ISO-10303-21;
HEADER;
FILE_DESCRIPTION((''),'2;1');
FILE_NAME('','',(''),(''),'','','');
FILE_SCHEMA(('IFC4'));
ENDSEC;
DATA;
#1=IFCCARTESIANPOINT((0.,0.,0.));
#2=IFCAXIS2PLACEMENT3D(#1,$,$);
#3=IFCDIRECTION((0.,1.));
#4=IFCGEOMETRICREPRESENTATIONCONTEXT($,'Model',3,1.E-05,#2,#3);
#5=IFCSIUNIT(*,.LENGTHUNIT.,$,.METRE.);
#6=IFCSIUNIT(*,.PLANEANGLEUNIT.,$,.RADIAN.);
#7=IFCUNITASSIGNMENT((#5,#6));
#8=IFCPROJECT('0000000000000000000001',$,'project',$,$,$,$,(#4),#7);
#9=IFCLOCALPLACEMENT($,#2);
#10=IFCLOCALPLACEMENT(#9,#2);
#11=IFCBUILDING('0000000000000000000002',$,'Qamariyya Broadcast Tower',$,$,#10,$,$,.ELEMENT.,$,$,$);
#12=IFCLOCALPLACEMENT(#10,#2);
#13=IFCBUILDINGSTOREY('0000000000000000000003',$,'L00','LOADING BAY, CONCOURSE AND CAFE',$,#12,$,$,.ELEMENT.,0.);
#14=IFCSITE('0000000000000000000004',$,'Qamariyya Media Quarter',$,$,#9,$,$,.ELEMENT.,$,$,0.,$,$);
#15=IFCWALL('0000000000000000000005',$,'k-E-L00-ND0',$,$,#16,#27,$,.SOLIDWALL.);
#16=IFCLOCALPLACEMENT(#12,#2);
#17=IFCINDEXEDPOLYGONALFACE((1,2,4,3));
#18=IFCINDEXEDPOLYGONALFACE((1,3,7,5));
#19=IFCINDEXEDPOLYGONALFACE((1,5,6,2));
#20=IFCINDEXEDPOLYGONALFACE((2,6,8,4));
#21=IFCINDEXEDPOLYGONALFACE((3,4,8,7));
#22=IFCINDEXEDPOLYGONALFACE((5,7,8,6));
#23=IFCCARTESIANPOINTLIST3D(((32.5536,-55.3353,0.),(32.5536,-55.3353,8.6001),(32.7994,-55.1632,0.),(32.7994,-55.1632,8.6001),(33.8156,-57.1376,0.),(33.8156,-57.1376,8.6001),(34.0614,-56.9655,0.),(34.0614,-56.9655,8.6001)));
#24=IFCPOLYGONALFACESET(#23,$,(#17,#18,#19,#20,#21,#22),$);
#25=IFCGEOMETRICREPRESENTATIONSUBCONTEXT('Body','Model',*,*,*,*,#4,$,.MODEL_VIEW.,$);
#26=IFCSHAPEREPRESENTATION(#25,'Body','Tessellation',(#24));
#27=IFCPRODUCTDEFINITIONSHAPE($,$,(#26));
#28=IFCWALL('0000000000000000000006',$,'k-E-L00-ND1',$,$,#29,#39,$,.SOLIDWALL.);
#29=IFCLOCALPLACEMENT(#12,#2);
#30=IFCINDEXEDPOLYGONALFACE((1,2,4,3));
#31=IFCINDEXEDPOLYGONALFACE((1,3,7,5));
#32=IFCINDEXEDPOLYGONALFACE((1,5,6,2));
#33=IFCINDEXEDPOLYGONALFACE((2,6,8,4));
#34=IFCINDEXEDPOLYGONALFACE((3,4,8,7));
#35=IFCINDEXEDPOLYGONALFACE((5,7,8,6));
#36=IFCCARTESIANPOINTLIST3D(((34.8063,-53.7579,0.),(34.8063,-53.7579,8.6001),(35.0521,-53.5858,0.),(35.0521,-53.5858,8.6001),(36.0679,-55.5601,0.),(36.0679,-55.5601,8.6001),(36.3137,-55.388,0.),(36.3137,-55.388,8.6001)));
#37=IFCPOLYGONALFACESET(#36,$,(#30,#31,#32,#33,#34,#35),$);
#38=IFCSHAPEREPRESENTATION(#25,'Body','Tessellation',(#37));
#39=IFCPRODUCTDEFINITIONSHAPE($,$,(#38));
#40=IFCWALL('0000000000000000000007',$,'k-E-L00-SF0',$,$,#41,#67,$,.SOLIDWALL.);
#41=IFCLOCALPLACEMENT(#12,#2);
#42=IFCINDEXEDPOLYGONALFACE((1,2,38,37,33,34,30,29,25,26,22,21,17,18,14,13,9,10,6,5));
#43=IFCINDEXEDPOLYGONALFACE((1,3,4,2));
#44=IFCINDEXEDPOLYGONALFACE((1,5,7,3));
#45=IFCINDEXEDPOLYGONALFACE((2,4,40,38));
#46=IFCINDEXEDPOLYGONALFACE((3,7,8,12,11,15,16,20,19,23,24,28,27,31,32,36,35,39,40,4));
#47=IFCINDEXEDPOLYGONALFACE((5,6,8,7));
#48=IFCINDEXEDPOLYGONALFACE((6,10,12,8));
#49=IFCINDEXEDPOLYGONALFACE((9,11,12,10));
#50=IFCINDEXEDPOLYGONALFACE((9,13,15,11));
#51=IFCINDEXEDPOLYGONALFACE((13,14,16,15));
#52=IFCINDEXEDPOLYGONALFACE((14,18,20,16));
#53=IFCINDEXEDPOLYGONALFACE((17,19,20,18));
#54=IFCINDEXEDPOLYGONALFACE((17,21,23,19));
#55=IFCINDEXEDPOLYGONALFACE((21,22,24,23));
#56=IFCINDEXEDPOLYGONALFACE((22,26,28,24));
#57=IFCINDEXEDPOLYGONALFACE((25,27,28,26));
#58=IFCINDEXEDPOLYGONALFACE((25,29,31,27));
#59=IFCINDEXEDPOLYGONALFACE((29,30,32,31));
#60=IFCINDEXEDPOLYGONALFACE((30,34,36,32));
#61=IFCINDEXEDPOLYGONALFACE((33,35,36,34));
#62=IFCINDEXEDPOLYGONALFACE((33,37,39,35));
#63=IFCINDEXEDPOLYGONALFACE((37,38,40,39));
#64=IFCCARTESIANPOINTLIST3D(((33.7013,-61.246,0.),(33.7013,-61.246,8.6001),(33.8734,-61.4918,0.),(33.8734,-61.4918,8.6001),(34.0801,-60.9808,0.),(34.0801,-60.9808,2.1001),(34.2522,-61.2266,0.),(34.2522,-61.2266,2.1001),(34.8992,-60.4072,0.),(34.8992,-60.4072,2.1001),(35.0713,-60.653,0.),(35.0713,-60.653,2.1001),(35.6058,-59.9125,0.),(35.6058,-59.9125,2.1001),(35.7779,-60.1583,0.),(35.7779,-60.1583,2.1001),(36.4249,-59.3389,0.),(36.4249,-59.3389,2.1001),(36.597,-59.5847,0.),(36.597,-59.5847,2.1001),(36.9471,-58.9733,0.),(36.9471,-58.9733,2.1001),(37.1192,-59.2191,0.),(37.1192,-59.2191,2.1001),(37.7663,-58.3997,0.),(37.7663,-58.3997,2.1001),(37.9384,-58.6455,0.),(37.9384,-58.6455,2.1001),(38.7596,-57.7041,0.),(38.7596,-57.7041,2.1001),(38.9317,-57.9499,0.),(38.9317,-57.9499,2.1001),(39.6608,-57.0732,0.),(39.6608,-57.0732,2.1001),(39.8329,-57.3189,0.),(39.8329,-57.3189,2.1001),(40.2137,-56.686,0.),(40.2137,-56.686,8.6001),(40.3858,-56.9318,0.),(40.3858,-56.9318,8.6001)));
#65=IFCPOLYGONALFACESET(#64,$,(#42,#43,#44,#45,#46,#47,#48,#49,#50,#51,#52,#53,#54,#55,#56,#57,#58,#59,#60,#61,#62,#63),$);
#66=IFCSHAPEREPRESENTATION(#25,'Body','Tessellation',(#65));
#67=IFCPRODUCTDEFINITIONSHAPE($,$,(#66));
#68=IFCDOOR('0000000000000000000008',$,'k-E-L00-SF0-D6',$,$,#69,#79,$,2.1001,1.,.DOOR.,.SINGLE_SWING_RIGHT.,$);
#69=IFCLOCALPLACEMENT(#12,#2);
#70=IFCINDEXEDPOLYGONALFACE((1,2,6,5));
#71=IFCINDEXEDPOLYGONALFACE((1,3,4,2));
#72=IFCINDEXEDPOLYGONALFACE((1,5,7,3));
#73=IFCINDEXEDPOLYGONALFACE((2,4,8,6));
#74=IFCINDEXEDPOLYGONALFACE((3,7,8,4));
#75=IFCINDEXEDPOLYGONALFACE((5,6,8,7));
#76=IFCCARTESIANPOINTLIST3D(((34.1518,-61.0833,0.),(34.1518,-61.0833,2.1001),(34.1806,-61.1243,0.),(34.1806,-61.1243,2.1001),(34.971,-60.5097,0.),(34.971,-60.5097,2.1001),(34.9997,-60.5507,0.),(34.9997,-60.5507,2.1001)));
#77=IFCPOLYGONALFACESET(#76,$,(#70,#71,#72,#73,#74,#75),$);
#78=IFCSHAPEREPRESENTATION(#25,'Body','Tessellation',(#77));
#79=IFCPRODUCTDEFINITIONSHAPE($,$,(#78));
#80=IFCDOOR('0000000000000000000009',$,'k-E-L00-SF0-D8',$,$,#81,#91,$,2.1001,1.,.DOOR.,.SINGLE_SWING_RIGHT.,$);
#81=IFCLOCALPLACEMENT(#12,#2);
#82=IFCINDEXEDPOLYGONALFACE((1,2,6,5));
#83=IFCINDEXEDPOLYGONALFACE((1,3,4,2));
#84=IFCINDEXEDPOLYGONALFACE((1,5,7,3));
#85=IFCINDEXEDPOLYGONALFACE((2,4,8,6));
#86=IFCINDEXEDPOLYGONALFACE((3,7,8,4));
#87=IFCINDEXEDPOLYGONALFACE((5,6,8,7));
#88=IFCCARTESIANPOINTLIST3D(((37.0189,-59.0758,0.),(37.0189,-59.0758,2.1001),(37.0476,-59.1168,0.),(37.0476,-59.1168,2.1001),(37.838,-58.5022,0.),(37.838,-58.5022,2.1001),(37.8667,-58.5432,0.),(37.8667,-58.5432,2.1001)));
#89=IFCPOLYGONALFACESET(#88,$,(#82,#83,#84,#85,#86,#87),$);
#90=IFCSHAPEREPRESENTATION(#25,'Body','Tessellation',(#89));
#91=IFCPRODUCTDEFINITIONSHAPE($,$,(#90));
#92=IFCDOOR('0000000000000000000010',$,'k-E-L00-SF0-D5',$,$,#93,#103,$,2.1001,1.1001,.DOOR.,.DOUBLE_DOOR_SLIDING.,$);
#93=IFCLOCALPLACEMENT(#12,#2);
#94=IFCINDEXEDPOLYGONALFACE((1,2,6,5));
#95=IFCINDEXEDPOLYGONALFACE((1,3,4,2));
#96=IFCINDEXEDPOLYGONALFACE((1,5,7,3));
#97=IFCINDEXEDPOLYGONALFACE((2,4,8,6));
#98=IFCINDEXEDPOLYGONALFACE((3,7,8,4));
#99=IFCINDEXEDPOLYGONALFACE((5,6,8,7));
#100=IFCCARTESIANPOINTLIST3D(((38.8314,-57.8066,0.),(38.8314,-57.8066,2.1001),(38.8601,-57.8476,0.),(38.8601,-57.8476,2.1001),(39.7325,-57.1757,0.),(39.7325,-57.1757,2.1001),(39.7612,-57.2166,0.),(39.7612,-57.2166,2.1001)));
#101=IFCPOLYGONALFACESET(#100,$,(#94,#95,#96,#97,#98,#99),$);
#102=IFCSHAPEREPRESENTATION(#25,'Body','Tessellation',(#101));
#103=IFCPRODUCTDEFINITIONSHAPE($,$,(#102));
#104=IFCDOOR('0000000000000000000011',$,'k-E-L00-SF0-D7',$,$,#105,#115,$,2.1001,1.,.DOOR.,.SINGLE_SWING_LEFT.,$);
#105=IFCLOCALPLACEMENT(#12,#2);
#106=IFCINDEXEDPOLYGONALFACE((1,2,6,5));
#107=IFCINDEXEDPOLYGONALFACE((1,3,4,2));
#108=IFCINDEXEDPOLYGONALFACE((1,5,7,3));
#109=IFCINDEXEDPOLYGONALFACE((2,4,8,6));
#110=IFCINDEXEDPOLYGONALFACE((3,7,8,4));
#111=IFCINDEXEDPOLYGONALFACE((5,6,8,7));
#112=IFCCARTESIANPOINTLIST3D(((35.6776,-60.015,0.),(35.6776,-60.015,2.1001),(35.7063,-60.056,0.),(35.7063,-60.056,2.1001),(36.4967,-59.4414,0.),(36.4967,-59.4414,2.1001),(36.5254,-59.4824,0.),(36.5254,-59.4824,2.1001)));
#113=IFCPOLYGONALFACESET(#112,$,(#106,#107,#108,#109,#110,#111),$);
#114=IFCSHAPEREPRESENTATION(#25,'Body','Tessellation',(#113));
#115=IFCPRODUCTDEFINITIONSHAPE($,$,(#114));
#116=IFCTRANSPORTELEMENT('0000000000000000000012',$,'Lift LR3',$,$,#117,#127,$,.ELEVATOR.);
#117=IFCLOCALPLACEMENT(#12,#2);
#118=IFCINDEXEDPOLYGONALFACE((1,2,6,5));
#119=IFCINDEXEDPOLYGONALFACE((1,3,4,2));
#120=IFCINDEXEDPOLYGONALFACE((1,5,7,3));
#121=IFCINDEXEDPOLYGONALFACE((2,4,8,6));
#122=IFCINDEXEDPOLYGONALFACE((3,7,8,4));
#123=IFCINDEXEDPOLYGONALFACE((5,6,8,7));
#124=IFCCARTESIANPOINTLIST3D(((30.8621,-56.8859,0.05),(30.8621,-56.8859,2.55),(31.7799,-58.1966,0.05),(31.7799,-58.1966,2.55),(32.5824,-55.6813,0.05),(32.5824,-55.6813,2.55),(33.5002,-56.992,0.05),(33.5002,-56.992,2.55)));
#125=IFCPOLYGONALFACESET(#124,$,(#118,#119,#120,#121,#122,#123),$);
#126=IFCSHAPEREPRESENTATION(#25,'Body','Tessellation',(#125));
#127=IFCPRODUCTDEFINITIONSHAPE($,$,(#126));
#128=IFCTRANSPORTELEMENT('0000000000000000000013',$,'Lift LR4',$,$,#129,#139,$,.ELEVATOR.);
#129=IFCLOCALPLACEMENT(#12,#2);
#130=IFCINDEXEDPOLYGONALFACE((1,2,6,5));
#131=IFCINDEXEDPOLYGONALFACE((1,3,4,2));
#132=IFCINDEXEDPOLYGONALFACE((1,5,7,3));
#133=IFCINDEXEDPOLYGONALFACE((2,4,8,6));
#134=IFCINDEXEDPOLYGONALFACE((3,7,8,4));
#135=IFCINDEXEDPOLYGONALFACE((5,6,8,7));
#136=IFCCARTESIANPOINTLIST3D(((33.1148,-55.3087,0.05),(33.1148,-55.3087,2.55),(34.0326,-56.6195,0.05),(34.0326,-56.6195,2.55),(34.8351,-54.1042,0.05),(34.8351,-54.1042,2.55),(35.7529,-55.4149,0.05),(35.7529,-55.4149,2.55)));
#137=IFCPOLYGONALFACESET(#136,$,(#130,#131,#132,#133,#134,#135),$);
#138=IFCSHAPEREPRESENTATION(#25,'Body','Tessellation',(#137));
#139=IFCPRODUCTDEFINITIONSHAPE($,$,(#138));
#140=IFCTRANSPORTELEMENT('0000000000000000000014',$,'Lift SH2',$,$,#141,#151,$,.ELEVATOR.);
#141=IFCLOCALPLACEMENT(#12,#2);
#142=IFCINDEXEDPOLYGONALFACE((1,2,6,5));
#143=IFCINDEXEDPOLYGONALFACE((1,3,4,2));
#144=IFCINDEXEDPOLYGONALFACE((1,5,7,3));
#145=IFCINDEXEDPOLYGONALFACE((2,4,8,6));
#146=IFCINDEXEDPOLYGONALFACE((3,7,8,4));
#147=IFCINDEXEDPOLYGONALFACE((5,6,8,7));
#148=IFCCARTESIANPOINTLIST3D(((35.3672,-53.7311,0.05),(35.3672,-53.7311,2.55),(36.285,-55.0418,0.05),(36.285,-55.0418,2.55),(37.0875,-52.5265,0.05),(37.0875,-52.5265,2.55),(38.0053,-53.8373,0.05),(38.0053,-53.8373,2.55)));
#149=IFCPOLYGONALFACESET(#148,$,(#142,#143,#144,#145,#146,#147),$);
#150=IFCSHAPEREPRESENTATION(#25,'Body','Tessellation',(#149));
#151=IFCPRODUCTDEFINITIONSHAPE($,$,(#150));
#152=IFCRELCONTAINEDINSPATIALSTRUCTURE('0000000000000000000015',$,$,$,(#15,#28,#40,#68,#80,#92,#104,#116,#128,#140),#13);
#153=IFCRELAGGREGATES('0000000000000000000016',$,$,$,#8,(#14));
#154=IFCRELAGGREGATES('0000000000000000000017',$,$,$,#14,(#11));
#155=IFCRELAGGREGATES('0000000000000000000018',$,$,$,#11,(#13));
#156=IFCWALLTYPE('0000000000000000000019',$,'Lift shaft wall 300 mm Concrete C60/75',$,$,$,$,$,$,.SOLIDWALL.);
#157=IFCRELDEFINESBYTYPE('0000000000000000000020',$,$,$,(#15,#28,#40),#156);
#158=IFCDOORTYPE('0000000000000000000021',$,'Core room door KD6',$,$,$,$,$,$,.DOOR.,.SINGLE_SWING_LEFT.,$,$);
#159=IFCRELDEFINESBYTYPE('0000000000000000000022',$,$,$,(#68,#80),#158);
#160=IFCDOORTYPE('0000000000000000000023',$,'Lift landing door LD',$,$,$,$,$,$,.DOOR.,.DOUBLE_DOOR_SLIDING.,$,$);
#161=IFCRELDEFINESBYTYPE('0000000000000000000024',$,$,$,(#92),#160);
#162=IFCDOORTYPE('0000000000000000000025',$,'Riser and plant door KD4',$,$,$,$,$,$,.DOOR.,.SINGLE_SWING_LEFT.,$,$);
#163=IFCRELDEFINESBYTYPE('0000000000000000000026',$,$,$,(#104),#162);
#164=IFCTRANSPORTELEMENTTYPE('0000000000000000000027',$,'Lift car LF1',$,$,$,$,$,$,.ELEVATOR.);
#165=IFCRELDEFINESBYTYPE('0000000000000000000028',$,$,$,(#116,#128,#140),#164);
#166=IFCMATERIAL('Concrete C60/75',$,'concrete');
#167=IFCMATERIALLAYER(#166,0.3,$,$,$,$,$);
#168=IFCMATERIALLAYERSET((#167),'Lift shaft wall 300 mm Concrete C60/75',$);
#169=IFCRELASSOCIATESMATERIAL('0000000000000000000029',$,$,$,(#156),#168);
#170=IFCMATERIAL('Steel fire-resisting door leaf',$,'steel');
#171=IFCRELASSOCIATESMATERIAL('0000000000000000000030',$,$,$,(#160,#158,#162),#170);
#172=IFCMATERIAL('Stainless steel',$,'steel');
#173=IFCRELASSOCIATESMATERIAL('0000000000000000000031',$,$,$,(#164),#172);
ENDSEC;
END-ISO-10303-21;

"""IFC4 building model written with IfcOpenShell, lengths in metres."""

from ifc_helpers import new_model, si_unit, direction, frame, frame_2d, origin, origin_2d, place, context, subcontext, project, spatial, rectangle, extrude, material, layer, layer_set, type_object, element, fill, save


model = new_model("IFC4")

# Units and contexts
model_context = context("Model", 3, precision=1e-05, world=origin(), true_north=direction((0.0, 1.0)))
body_context = subcontext(model_context, "Body", "Model", "MODEL_VIEW")
ifc_project = project(units=[si_unit("LENGTHUNIT", "METRE"), si_unit("PLANEANGLEUNIT", "RADIAN")], contexts=[model_context])

# Site, building, storey
site_placement = place(None, origin())
site = spatial("IfcSite", under=ifc_project, at=site_placement, Name="Qamariyya Media Quarter", CompositionType="ELEMENT", RefElevation=0.0)
building_placement = place(site_placement, origin())
building = spatial("IfcBuilding", under=site, at=building_placement, Name="Qamariyya Broadcast Tower", CompositionType="ELEMENT")
storey_placement = place(building_placement, origin())
storey = spatial("IfcBuildingStorey", under=building, at=storey_placement, Name="L00", Description="LOADING BAY, CONCOURSE AND CAFE", CompositionType="ELEMENT", Elevation=0.0)

# Shared definitions
ifc_material_1 = material(Name="Concrete C60/75", Category="concrete")
ifc_layer_1 = layer(ifc_material_1, 0.3)
ifc_layer_set_1 = layer_set([ifc_layer_1], Name="Lift shaft wall 300 mm Concrete C60/75")
wall_type_1 = type_object("IfcWallType", Name="Lift shaft wall 300 mm Concrete C60/75", PredefinedType="SOLIDWALL", material=ifc_layer_set_1)
ifc_material_2 = material(Name="Steel fire-resisting door leaf", Category="steel")
door_type_1 = type_object("IfcDoorType", Name="Lift landing door LD", OperationType="DOUBLE_DOOR_SLIDING", PredefinedType="DOOR", material=ifc_material_2)

# Walls
wall_1_placement = place(storey_placement, frame((33.9385, -57.0515, 0.0), z_axis=(0.0, 0.0, 1.0), x_axis=(-0.573581, 0.819149, 0.0)))
element("IfcWall", 1, at=wall_1_placement, inside=storey, type_object=wall_type_1, Name="k-E-L00-ND0", PredefinedType="SOLIDWALL", context=body_context, shape_type="SweptSolid", body=[
    extrude(rectangle(XDim=2.2002, YDim=0.3, at=frame_2d((1.1001, 0.0))), origin(), (0.0, 0.0, 1.0), 8.6001),
])
wall_2_placement = place(storey_placement, frame((36.1909, -55.4741, 0.0), z_axis=(0.0, 0.0, 1.0), x_axis=(-0.573507, 0.819201, 0.0)))
element("IfcWall", 2, at=wall_2_placement, inside=storey, type_object=wall_type_1, Name="k-E-L00-ND1", PredefinedType="SOLIDWALL", context=body_context, shape_type="SweptSolid", body=[
    extrude(rectangle(XDim=2.2, YDim=0.3, at=frame_2d((1.1001, 0.0))), origin(), (0.0, 0.0, 1.0), 8.6001),
])

# Wall, openings, doors
wall_3_placement = place(storey_placement, frame((33.7874, -61.3689, 0.0), z_axis=(0.0, 0.0, 1.0), x_axis=(0.819153, 0.573576, 0.0)))
wall_3 = element("IfcWall", 3, at=wall_3_placement, inside=storey, type_object=wall_type_1, Name="k-E-L00-SF0", PredefinedType="SOLIDWALL", context=body_context, shape_type="SweptSolid", body=[
    extrude(rectangle(XDim=7.9502, YDim=0.3, at=frame_2d((3.9751, 0.0))), origin(), (0.0, 0.0, 1.0), 8.6001),
])
opening_1_placement = place(wall_3_placement, frame((6.175, 0.0, 0.0)))
opening_1 = element("IfcOpeningElement", 4, at=opening_1_placement, cuts=wall_3, PredefinedType="OPENING", context=body_context, shape_type="SweptSolid", body=[
    extrude(rectangle(XDim=1.1001, YDim=2.1001, at=frame_2d((0.55, 1.05))), frame((0.0, 0.1599, 0.0), z_axis=(0.0, -1.0, 0.0), x_axis=(1.0, 0.0, 0.0)), (0.0, 0.0, 1.0), 0.3201),
])
opening_2_placement = place(wall_3_placement, frame((0.4624, 0.0, 0.0)))
opening_2 = element("IfcOpeningElement", 5, at=opening_2_placement, cuts=wall_3, PredefinedType="OPENING", context=body_context, shape_type="SweptSolid", body=[
    extrude(rectangle(XDim=1.0, YDim=2.1001, at=frame_2d((0.5, 1.05))), frame((0.0, 0.1599, 0.0), z_axis=(0.0, -1.0, 0.0), x_axis=(1.0, 0.0, 0.0)), (0.0, 0.0, 1.0), 0.3201),
])
opening_3_placement = place(wall_3_placement, frame((2.325, 0.0, 0.0)))
opening_3 = element("IfcOpeningElement", 6, at=opening_3_placement, cuts=wall_3, PredefinedType="OPENING", context=body_context, shape_type="SweptSolid", body=[
    extrude(rectangle(XDim=1.0, YDim=2.1001, at=frame_2d((0.5, 1.05))), frame((0.0, 0.1599, 0.0), z_axis=(0.0, -1.0, 0.0), x_axis=(1.0, 0.0, 0.0)), (0.0, 0.0, 1.0), 0.3201),
])
opening_4_placement = place(wall_3_placement, frame((3.9624, 0.0, 0.0)))
opening_4 = element("IfcOpeningElement", 7, at=opening_4_placement, cuts=wall_3, PredefinedType="OPENING", context=body_context, shape_type="SweptSolid", body=[
    extrude(rectangle(XDim=1.0, YDim=2.1001, at=frame_2d((0.5, 1.05))), frame((0.0, 0.1599, 0.0), z_axis=(0.0, -1.0, 0.0), x_axis=(1.0, 0.0, 0.0)), (0.0, 0.0, 1.0), 0.3201),
])
door_type_2 = type_object("IfcDoorType", Name="Core room door KD6", OperationType="SINGLE_SWING_LEFT", PredefinedType="DOOR", material=ifc_material_2)
door_1_placement = place(opening_2_placement, origin())
door_1 = element("IfcDoor", 8, at=door_1_placement, inside=storey, type_object=door_type_2, Name="k-E-L00-SF0-D6", OperationType="SINGLE_SWING_RIGHT", OverallHeight=2.1001, OverallWidth=1.0, PredefinedType="DOOR", context=body_context, shape_type="SweptSolid", body=[
    extrude(rectangle(XDim=1.0, YDim=2.1001, at=frame_2d((0.5, 1.05))), frame((0.0, 0.0249, 0.0), z_axis=(0.0, -1.0, 0.0), x_axis=(1.0, 0.0, 0.0)), (0.0, 0.0, 1.0), 0.05),
])
fill(opening_2, door_1)
door_2_placement = place(opening_4_placement, origin())
door_2 = element("IfcDoor", 9, at=door_2_placement, inside=storey, type_object=door_type_2, Name="k-E-L00-SF0-D8", OperationType="SINGLE_SWING_RIGHT", OverallHeight=2.1001, OverallWidth=1.0, PredefinedType="DOOR", context=body_context, shape_type="SweptSolid", body=[
    extrude(rectangle(XDim=1.0, YDim=2.1001, at=frame_2d((0.5, 1.05))), frame((0.0, 0.0249, 0.0), z_axis=(0.0, -1.0, 0.0), x_axis=(1.0, 0.0, 0.0)), (0.0, 0.0, 1.0), 0.05),
])
fill(opening_4, door_2)
door_3_placement = place(opening_1_placement, origin())
door_3 = element("IfcDoor", 10, at=door_3_placement, inside=storey, type_object=door_type_1, Name="k-E-L00-SF0-D5", OperationType="DOUBLE_DOOR_SLIDING", OverallHeight=2.1001, OverallWidth=1.1001, PredefinedType="DOOR", context=body_context, shape_type="SweptSolid", body=[
    extrude(rectangle(XDim=1.1001, YDim=2.1001, at=frame_2d((0.55, 1.05))), frame((0.0, 0.0249, 0.0), z_axis=(0.0, -1.0, 0.0), x_axis=(1.0, 0.0, 0.0)), (0.0, 0.0, 1.0), 0.05),
])
fill(opening_1, door_3)
door_type_3 = type_object("IfcDoorType", Name="Riser and plant door KD4", OperationType="SINGLE_SWING_LEFT", PredefinedType="DOOR", material=ifc_material_2)
door_4_placement = place(opening_3_placement, origin())
door_4 = element("IfcDoor", 11, at=door_4_placement, inside=storey, type_object=door_type_3, Name="k-E-L00-SF0-D7", OperationType="SINGLE_SWING_LEFT", OverallHeight=2.1001, OverallWidth=1.0, PredefinedType="DOOR", context=body_context, shape_type="SweptSolid", body=[
    extrude(rectangle(XDim=1.0, YDim=2.1001, at=frame_2d((0.5, 1.05))), frame((0.0, 0.0249, 0.0), z_axis=(0.0, -1.0, 0.0), x_axis=(1.0, 0.0, 0.0)), (0.0, 0.0, 1.0), 0.05),
])
fill(opening_3, door_4)

# Transport elements
ifc_material_3 = material(Name="Stainless steel", Category="steel")
transport_element_type = type_object("IfcTransportElementType", Name="Lift car LF1", PredefinedType="ELEVATOR", material=ifc_material_3)
for number, where, z_axis, x_axis, name in (
    (12, (32.1812, -56.939, 0.05), (0.0, 0.0, 1.0), (0.819152, 0.573576, 0.0), "Lift LR3"),
    (13, (34.4338, -55.3618, 0.05), (0.0, 0.0, 1.0), (0.819152, 0.573576, 0.0), "Lift LR4"),
    (14, (36.6863, -53.7842, 0.05), (0.0, 0.0, 1.0), (0.819152, 0.573576, 0.0), "Lift SH2"),
):
    element("IfcTransportElement", number, at=place(storey_placement, frame(where, z_axis=z_axis, x_axis=x_axis)), inside=storey, type_object=transport_element_type, Name=name, PredefinedType="ELEVATOR", context=body_context, shape_type="SweptSolid", body=[
        extrude(rectangle(XDim=2.1001, YDim=1.6001, at=origin_2d()), origin(), (0.0, 0.0, 1.0), 2.5),
    ])

save(model, "model.ifc")
